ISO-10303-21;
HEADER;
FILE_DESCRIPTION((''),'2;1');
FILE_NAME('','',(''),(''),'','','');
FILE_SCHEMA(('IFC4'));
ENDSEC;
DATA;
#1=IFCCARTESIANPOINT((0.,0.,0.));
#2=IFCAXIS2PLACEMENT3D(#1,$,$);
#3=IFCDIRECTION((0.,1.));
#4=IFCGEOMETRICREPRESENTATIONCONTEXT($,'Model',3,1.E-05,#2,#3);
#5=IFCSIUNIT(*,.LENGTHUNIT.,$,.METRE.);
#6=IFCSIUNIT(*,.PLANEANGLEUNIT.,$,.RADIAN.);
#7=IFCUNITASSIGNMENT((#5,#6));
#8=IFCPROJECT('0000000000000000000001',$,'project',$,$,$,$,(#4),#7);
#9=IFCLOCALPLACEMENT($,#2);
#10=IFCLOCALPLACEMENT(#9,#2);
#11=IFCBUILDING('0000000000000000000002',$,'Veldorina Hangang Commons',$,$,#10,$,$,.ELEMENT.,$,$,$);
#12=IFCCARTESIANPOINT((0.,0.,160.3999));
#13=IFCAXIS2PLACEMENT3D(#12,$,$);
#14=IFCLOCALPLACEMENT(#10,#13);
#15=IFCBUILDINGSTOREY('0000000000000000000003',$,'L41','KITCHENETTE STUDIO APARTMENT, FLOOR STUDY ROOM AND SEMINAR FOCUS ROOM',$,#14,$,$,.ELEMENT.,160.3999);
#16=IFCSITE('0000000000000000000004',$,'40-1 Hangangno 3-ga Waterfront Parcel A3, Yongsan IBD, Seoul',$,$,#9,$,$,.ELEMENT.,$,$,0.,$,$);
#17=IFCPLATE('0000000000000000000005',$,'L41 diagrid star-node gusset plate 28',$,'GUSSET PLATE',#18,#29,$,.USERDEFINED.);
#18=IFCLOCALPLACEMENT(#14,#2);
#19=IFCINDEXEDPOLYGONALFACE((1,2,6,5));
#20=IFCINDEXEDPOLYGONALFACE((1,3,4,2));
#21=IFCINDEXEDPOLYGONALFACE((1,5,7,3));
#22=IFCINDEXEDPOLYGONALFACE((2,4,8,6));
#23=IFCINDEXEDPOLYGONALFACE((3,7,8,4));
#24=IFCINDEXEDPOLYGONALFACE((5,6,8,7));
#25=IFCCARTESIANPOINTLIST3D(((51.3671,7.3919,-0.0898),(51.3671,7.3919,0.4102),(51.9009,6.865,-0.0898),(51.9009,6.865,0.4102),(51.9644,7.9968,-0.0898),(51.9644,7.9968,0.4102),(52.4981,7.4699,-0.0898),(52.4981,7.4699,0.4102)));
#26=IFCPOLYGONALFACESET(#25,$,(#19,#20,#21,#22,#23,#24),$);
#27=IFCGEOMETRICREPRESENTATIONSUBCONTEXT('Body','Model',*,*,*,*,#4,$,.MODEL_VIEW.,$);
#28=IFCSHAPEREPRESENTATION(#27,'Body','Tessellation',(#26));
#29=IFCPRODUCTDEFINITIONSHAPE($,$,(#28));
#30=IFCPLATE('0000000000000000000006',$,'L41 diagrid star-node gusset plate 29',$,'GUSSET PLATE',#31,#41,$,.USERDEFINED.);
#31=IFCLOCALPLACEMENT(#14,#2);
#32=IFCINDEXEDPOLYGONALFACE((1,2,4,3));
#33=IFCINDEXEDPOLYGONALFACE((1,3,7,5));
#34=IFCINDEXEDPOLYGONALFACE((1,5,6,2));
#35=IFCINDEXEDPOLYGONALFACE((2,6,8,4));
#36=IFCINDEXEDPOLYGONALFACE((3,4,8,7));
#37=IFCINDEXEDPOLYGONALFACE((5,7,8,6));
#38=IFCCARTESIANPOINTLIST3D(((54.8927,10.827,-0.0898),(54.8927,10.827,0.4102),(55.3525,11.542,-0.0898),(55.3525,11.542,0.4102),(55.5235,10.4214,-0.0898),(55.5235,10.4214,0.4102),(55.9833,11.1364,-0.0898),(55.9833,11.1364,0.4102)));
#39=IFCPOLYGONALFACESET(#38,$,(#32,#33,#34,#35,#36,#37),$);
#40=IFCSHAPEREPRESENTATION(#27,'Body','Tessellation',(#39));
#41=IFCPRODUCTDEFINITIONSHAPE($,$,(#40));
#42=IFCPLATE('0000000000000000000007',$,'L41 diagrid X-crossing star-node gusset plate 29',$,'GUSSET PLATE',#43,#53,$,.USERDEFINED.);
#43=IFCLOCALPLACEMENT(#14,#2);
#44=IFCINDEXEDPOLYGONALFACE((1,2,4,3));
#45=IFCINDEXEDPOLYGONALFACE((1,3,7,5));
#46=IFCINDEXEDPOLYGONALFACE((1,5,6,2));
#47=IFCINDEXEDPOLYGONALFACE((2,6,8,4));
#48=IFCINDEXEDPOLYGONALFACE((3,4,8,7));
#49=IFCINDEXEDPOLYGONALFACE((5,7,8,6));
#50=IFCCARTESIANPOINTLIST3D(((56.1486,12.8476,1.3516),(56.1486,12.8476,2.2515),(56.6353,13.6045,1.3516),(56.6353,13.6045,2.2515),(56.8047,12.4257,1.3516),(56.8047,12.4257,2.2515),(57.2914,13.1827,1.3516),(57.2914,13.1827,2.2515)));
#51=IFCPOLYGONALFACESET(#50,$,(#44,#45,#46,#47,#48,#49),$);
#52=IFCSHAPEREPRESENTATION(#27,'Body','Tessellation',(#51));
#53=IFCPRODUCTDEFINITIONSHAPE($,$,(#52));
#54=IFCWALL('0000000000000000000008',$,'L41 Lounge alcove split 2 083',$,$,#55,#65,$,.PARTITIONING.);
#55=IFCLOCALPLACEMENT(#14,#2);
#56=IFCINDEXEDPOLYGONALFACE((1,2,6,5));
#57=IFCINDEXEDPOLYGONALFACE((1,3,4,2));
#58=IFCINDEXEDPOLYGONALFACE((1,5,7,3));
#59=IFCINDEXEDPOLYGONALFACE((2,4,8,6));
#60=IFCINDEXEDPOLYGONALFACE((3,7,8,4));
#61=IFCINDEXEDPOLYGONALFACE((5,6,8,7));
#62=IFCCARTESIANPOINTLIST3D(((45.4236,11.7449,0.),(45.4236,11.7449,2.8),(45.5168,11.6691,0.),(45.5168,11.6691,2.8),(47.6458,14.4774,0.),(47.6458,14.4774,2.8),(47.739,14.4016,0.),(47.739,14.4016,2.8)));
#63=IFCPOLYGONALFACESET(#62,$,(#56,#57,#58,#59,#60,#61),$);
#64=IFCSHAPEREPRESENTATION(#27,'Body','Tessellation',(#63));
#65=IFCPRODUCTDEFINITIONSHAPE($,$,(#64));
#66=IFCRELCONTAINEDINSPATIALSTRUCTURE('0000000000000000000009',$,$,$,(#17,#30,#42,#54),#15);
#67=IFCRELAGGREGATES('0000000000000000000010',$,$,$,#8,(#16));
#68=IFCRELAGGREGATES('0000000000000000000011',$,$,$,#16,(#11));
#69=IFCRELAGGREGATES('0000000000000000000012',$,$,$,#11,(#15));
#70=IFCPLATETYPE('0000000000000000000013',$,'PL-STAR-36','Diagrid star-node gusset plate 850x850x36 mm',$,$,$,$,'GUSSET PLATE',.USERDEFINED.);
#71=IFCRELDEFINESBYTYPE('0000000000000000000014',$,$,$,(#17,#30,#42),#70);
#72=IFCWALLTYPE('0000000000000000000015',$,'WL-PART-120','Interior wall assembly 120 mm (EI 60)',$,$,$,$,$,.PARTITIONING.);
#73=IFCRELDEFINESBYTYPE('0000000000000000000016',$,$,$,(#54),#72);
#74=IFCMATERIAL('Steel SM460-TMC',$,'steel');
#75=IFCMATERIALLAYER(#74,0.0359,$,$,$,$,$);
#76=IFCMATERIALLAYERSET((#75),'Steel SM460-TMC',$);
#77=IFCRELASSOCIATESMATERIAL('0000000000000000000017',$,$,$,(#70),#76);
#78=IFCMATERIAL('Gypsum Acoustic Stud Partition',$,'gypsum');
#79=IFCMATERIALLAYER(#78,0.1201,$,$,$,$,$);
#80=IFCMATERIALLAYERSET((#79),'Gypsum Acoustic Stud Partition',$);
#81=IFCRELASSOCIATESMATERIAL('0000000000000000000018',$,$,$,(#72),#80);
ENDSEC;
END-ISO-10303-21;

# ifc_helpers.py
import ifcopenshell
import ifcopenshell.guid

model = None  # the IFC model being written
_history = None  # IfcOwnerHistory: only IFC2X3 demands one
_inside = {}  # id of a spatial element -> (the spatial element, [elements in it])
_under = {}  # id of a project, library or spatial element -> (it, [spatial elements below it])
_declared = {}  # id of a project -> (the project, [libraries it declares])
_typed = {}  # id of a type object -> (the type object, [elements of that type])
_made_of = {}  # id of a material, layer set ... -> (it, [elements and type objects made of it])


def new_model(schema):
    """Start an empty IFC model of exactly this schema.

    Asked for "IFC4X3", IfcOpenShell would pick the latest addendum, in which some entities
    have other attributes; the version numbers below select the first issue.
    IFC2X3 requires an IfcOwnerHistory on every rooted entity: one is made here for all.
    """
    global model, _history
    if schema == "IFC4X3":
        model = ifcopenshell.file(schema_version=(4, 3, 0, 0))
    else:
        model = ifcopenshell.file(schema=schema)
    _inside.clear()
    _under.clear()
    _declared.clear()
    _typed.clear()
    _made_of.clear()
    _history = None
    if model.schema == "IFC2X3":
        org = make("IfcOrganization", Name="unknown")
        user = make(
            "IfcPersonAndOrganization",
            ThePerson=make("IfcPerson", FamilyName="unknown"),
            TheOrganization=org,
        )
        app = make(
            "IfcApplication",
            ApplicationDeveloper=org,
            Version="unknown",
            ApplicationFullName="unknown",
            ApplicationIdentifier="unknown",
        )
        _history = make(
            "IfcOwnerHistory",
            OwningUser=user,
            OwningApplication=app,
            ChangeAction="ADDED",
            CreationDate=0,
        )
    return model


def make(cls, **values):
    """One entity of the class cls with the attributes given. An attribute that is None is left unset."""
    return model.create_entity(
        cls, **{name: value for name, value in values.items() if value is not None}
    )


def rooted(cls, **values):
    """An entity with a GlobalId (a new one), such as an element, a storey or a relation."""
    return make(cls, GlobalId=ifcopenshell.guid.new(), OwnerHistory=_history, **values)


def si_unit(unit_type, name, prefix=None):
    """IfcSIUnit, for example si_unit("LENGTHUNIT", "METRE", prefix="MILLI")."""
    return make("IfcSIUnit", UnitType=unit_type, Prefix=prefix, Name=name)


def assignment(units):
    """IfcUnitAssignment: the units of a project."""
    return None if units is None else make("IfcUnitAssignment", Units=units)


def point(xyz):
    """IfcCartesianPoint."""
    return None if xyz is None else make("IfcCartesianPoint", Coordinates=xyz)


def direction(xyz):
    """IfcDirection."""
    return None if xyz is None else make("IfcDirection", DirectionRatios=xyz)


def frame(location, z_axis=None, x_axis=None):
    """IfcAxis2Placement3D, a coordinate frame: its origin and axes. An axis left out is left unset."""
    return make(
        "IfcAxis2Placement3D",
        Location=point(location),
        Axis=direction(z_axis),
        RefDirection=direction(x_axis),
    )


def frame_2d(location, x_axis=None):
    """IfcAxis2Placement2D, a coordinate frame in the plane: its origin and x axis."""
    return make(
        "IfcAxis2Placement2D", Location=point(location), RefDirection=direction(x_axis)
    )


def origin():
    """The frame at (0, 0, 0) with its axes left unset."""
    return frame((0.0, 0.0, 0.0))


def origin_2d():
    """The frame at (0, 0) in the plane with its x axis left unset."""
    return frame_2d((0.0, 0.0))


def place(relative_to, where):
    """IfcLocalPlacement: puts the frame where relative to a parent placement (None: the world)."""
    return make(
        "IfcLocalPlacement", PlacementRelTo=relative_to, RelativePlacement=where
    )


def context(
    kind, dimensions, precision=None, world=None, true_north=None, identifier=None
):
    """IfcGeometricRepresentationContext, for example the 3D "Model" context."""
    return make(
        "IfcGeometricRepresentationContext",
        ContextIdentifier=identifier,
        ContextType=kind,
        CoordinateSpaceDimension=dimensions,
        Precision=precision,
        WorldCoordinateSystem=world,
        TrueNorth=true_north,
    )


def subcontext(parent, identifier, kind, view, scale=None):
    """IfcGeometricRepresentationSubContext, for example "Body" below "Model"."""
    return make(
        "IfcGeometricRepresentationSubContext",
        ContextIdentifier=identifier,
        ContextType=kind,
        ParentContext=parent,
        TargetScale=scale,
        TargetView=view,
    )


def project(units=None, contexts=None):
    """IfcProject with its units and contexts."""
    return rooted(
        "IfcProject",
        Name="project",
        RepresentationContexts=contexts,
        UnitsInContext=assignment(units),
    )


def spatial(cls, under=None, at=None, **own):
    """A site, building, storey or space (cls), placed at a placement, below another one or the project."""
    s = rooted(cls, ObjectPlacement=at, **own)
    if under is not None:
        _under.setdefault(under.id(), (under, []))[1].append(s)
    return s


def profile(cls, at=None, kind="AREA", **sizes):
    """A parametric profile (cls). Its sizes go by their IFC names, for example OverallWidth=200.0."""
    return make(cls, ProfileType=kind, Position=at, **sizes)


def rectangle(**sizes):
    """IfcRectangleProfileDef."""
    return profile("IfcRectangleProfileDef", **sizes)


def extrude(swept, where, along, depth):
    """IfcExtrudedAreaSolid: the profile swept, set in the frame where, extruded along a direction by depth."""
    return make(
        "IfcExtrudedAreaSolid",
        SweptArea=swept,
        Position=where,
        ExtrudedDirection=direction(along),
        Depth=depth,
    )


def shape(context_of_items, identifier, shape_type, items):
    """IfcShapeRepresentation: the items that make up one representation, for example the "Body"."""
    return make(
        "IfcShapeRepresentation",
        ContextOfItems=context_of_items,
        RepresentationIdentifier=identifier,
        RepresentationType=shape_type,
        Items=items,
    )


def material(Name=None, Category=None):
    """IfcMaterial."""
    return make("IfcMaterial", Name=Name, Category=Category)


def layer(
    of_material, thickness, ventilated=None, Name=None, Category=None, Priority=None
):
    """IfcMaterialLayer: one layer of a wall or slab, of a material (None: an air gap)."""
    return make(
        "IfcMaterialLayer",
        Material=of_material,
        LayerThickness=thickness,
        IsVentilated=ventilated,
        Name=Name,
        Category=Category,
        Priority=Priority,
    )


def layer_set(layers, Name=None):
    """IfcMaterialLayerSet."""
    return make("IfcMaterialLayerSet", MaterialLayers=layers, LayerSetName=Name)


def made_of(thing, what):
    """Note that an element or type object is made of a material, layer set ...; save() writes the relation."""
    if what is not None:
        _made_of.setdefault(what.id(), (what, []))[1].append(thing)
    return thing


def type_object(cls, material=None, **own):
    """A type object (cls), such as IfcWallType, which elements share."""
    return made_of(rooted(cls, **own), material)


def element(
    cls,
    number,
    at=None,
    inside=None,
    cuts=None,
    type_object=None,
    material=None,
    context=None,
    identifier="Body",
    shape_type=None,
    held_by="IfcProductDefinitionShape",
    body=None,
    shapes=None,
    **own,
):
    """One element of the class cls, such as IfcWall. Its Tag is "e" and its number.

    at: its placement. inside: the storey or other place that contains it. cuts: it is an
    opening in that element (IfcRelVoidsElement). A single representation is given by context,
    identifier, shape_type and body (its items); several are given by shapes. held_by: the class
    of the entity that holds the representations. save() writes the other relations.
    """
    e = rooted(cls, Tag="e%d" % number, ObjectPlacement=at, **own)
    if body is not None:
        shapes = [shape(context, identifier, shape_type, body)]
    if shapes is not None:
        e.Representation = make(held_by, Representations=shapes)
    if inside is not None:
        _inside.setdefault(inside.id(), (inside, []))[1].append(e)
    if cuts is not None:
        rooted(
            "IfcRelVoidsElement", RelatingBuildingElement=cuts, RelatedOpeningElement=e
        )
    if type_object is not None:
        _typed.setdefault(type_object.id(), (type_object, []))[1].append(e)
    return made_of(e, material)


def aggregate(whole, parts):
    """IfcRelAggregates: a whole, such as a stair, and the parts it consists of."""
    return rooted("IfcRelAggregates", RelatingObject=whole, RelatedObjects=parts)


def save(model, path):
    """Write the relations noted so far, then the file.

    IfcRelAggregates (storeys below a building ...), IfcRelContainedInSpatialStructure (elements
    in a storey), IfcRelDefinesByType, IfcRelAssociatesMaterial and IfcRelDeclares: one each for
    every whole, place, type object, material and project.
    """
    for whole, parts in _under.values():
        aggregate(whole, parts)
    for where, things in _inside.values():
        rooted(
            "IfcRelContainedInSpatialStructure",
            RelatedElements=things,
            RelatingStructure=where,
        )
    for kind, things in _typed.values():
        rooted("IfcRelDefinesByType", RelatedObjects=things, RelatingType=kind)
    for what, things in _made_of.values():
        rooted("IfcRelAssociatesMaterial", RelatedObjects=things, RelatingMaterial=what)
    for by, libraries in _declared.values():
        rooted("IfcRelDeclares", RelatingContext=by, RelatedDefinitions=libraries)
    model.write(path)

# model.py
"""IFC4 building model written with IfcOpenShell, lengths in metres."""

from ifc_helpers import new_model, si_unit, direction, frame, frame_2d, origin, origin_2d, place, context, subcontext, project, spatial, rectangle, extrude, material, layer, layer_set, type_object, element, save


model = new_model("IFC4")

# Units and contexts
model_context = context("Model", 3, precision=1e-05, world=origin(), true_north=direction((0.0, 1.0)))
body_context = subcontext(model_context, "Body", "Model", "MODEL_VIEW")
ifc_project = project(units=[si_unit("LENGTHUNIT", "METRE"), si_unit("PLANEANGLEUNIT", "RADIAN")], contexts=[model_context])

# Site, building, storey
site_placement = place(None, origin())
site = spatial("IfcSite", under=ifc_project, at=site_placement, Name="40-1 Hangangno 3-ga Waterfront Parcel A3, Yongsan IBD, Seoul", CompositionType="ELEMENT", RefElevation=0.0)
building_placement = place(site_placement, origin())
building = spatial("IfcBuilding", under=site, at=building_placement, Name="Veldorina Hangang Commons", CompositionType="ELEMENT")
storey_placement = place(building_placement, frame((0.0, 0.0, 160.3999)))
storey = spatial("IfcBuildingStorey", under=building, at=storey_placement, Name="L41", Description="KITCHENETTE STUDIO APARTMENT, FLOOR STUDY ROOM AND SEMINAR FOCUS ROOM", CompositionType="ELEMENT", Elevation=160.3999)

# Plates
ifc_material_1 = material(Name="Steel SM460-TMC", Category="steel")
ifc_layer_1 = layer(ifc_material_1, 0.0359)
ifc_layer_set_1 = layer_set([ifc_layer_1], Name="Steel SM460-TMC")
plate_type_1 = type_object("IfcPlateType", Name="PL-STAR-36", Description="Diagrid star-node gusset plate 850x850x36 mm", ElementType="GUSSET PLATE", PredefinedType="USERDEFINED", material=ifc_layer_set_1)
for number, where, z_axis, x_axis, name in (
    (1, (51.9326, 7.4309, -0.0898), (0.0, 0.0, 1.0), (0.702551, 0.711634, 0.0), "L41 diagrid star-node gusset plate 28"),
    (2, (55.438, 10.9817, -0.0898), (0.0, 0.0, 1.0), (0.540857, 0.841115, 0.0), "L41 diagrid star-node gusset plate 29"),
):
    element("IfcPlate", number, at=place(storey_placement, frame(where, z_axis=z_axis, x_axis=x_axis)), inside=storey, type_object=plate_type_1, Name=name, ObjectType="GUSSET PLATE", PredefinedType="USERDEFINED", context=body_context, shape_type="SweptSolid", body=[
        extrude(rectangle(XDim=0.8501, YDim=0.75, at=origin_2d()), origin(), (0.0, 0.0, 1.0), 0.5),
    ])
plate_1_placement = place(storey_placement, frame((56.72, 13.0151, 1.3516), z_axis=(0.0, 0.0, 1.0), x_axis=(0.540857, 0.841115, 0.0)))
element("IfcPlate", 3, at=plate_1_placement, inside=storey, type_object=plate_type_1, Name="L41 diagrid X-crossing star-node gusset plate 29", ObjectType="GUSSET PLATE", PredefinedType="USERDEFINED", context=body_context, shape_type="SweptSolid", body=[
    extrude(rectangle(XDim=0.8999, YDim=0.78, at=origin_2d()), origin(), (0.0, 0.0, 1.0), 0.8999),
])

# Wall
ifc_material_2 = material(Name="Gypsum Acoustic Stud Partition", Category="gypsum")
ifc_layer_2 = layer(ifc_material_2, 0.1201)
ifc_layer_set_2 = layer_set([ifc_layer_2], Name="Gypsum Acoustic Stud Partition")
wall_type_1 = type_object("IfcWallType", Name="WL-PART-120", Description="Interior wall assembly 120 mm (EI 60)", PredefinedType="PARTITIONING", material=ifc_layer_set_2)
wall_1_placement = place(storey_placement, frame((45.4702, 11.707, 0.0), z_axis=(0.0, 0.0, 1.0), x_axis=(0.630947, 0.775826, 0.0)))
element("IfcWall", 4, at=wall_1_placement, inside=storey, type_object=wall_type_1, Name="L41 Lounge alcove split 2 083", PredefinedType="PARTITIONING", context=body_context, shape_type="SweptSolid", body=[
    extrude(rectangle(XDim=3.522, YDim=0.1201, at=frame_2d((1.761, 0.0))), origin(), (0.0, 0.0, 1.0), 2.8),
])

save(model, "model.ifc")
